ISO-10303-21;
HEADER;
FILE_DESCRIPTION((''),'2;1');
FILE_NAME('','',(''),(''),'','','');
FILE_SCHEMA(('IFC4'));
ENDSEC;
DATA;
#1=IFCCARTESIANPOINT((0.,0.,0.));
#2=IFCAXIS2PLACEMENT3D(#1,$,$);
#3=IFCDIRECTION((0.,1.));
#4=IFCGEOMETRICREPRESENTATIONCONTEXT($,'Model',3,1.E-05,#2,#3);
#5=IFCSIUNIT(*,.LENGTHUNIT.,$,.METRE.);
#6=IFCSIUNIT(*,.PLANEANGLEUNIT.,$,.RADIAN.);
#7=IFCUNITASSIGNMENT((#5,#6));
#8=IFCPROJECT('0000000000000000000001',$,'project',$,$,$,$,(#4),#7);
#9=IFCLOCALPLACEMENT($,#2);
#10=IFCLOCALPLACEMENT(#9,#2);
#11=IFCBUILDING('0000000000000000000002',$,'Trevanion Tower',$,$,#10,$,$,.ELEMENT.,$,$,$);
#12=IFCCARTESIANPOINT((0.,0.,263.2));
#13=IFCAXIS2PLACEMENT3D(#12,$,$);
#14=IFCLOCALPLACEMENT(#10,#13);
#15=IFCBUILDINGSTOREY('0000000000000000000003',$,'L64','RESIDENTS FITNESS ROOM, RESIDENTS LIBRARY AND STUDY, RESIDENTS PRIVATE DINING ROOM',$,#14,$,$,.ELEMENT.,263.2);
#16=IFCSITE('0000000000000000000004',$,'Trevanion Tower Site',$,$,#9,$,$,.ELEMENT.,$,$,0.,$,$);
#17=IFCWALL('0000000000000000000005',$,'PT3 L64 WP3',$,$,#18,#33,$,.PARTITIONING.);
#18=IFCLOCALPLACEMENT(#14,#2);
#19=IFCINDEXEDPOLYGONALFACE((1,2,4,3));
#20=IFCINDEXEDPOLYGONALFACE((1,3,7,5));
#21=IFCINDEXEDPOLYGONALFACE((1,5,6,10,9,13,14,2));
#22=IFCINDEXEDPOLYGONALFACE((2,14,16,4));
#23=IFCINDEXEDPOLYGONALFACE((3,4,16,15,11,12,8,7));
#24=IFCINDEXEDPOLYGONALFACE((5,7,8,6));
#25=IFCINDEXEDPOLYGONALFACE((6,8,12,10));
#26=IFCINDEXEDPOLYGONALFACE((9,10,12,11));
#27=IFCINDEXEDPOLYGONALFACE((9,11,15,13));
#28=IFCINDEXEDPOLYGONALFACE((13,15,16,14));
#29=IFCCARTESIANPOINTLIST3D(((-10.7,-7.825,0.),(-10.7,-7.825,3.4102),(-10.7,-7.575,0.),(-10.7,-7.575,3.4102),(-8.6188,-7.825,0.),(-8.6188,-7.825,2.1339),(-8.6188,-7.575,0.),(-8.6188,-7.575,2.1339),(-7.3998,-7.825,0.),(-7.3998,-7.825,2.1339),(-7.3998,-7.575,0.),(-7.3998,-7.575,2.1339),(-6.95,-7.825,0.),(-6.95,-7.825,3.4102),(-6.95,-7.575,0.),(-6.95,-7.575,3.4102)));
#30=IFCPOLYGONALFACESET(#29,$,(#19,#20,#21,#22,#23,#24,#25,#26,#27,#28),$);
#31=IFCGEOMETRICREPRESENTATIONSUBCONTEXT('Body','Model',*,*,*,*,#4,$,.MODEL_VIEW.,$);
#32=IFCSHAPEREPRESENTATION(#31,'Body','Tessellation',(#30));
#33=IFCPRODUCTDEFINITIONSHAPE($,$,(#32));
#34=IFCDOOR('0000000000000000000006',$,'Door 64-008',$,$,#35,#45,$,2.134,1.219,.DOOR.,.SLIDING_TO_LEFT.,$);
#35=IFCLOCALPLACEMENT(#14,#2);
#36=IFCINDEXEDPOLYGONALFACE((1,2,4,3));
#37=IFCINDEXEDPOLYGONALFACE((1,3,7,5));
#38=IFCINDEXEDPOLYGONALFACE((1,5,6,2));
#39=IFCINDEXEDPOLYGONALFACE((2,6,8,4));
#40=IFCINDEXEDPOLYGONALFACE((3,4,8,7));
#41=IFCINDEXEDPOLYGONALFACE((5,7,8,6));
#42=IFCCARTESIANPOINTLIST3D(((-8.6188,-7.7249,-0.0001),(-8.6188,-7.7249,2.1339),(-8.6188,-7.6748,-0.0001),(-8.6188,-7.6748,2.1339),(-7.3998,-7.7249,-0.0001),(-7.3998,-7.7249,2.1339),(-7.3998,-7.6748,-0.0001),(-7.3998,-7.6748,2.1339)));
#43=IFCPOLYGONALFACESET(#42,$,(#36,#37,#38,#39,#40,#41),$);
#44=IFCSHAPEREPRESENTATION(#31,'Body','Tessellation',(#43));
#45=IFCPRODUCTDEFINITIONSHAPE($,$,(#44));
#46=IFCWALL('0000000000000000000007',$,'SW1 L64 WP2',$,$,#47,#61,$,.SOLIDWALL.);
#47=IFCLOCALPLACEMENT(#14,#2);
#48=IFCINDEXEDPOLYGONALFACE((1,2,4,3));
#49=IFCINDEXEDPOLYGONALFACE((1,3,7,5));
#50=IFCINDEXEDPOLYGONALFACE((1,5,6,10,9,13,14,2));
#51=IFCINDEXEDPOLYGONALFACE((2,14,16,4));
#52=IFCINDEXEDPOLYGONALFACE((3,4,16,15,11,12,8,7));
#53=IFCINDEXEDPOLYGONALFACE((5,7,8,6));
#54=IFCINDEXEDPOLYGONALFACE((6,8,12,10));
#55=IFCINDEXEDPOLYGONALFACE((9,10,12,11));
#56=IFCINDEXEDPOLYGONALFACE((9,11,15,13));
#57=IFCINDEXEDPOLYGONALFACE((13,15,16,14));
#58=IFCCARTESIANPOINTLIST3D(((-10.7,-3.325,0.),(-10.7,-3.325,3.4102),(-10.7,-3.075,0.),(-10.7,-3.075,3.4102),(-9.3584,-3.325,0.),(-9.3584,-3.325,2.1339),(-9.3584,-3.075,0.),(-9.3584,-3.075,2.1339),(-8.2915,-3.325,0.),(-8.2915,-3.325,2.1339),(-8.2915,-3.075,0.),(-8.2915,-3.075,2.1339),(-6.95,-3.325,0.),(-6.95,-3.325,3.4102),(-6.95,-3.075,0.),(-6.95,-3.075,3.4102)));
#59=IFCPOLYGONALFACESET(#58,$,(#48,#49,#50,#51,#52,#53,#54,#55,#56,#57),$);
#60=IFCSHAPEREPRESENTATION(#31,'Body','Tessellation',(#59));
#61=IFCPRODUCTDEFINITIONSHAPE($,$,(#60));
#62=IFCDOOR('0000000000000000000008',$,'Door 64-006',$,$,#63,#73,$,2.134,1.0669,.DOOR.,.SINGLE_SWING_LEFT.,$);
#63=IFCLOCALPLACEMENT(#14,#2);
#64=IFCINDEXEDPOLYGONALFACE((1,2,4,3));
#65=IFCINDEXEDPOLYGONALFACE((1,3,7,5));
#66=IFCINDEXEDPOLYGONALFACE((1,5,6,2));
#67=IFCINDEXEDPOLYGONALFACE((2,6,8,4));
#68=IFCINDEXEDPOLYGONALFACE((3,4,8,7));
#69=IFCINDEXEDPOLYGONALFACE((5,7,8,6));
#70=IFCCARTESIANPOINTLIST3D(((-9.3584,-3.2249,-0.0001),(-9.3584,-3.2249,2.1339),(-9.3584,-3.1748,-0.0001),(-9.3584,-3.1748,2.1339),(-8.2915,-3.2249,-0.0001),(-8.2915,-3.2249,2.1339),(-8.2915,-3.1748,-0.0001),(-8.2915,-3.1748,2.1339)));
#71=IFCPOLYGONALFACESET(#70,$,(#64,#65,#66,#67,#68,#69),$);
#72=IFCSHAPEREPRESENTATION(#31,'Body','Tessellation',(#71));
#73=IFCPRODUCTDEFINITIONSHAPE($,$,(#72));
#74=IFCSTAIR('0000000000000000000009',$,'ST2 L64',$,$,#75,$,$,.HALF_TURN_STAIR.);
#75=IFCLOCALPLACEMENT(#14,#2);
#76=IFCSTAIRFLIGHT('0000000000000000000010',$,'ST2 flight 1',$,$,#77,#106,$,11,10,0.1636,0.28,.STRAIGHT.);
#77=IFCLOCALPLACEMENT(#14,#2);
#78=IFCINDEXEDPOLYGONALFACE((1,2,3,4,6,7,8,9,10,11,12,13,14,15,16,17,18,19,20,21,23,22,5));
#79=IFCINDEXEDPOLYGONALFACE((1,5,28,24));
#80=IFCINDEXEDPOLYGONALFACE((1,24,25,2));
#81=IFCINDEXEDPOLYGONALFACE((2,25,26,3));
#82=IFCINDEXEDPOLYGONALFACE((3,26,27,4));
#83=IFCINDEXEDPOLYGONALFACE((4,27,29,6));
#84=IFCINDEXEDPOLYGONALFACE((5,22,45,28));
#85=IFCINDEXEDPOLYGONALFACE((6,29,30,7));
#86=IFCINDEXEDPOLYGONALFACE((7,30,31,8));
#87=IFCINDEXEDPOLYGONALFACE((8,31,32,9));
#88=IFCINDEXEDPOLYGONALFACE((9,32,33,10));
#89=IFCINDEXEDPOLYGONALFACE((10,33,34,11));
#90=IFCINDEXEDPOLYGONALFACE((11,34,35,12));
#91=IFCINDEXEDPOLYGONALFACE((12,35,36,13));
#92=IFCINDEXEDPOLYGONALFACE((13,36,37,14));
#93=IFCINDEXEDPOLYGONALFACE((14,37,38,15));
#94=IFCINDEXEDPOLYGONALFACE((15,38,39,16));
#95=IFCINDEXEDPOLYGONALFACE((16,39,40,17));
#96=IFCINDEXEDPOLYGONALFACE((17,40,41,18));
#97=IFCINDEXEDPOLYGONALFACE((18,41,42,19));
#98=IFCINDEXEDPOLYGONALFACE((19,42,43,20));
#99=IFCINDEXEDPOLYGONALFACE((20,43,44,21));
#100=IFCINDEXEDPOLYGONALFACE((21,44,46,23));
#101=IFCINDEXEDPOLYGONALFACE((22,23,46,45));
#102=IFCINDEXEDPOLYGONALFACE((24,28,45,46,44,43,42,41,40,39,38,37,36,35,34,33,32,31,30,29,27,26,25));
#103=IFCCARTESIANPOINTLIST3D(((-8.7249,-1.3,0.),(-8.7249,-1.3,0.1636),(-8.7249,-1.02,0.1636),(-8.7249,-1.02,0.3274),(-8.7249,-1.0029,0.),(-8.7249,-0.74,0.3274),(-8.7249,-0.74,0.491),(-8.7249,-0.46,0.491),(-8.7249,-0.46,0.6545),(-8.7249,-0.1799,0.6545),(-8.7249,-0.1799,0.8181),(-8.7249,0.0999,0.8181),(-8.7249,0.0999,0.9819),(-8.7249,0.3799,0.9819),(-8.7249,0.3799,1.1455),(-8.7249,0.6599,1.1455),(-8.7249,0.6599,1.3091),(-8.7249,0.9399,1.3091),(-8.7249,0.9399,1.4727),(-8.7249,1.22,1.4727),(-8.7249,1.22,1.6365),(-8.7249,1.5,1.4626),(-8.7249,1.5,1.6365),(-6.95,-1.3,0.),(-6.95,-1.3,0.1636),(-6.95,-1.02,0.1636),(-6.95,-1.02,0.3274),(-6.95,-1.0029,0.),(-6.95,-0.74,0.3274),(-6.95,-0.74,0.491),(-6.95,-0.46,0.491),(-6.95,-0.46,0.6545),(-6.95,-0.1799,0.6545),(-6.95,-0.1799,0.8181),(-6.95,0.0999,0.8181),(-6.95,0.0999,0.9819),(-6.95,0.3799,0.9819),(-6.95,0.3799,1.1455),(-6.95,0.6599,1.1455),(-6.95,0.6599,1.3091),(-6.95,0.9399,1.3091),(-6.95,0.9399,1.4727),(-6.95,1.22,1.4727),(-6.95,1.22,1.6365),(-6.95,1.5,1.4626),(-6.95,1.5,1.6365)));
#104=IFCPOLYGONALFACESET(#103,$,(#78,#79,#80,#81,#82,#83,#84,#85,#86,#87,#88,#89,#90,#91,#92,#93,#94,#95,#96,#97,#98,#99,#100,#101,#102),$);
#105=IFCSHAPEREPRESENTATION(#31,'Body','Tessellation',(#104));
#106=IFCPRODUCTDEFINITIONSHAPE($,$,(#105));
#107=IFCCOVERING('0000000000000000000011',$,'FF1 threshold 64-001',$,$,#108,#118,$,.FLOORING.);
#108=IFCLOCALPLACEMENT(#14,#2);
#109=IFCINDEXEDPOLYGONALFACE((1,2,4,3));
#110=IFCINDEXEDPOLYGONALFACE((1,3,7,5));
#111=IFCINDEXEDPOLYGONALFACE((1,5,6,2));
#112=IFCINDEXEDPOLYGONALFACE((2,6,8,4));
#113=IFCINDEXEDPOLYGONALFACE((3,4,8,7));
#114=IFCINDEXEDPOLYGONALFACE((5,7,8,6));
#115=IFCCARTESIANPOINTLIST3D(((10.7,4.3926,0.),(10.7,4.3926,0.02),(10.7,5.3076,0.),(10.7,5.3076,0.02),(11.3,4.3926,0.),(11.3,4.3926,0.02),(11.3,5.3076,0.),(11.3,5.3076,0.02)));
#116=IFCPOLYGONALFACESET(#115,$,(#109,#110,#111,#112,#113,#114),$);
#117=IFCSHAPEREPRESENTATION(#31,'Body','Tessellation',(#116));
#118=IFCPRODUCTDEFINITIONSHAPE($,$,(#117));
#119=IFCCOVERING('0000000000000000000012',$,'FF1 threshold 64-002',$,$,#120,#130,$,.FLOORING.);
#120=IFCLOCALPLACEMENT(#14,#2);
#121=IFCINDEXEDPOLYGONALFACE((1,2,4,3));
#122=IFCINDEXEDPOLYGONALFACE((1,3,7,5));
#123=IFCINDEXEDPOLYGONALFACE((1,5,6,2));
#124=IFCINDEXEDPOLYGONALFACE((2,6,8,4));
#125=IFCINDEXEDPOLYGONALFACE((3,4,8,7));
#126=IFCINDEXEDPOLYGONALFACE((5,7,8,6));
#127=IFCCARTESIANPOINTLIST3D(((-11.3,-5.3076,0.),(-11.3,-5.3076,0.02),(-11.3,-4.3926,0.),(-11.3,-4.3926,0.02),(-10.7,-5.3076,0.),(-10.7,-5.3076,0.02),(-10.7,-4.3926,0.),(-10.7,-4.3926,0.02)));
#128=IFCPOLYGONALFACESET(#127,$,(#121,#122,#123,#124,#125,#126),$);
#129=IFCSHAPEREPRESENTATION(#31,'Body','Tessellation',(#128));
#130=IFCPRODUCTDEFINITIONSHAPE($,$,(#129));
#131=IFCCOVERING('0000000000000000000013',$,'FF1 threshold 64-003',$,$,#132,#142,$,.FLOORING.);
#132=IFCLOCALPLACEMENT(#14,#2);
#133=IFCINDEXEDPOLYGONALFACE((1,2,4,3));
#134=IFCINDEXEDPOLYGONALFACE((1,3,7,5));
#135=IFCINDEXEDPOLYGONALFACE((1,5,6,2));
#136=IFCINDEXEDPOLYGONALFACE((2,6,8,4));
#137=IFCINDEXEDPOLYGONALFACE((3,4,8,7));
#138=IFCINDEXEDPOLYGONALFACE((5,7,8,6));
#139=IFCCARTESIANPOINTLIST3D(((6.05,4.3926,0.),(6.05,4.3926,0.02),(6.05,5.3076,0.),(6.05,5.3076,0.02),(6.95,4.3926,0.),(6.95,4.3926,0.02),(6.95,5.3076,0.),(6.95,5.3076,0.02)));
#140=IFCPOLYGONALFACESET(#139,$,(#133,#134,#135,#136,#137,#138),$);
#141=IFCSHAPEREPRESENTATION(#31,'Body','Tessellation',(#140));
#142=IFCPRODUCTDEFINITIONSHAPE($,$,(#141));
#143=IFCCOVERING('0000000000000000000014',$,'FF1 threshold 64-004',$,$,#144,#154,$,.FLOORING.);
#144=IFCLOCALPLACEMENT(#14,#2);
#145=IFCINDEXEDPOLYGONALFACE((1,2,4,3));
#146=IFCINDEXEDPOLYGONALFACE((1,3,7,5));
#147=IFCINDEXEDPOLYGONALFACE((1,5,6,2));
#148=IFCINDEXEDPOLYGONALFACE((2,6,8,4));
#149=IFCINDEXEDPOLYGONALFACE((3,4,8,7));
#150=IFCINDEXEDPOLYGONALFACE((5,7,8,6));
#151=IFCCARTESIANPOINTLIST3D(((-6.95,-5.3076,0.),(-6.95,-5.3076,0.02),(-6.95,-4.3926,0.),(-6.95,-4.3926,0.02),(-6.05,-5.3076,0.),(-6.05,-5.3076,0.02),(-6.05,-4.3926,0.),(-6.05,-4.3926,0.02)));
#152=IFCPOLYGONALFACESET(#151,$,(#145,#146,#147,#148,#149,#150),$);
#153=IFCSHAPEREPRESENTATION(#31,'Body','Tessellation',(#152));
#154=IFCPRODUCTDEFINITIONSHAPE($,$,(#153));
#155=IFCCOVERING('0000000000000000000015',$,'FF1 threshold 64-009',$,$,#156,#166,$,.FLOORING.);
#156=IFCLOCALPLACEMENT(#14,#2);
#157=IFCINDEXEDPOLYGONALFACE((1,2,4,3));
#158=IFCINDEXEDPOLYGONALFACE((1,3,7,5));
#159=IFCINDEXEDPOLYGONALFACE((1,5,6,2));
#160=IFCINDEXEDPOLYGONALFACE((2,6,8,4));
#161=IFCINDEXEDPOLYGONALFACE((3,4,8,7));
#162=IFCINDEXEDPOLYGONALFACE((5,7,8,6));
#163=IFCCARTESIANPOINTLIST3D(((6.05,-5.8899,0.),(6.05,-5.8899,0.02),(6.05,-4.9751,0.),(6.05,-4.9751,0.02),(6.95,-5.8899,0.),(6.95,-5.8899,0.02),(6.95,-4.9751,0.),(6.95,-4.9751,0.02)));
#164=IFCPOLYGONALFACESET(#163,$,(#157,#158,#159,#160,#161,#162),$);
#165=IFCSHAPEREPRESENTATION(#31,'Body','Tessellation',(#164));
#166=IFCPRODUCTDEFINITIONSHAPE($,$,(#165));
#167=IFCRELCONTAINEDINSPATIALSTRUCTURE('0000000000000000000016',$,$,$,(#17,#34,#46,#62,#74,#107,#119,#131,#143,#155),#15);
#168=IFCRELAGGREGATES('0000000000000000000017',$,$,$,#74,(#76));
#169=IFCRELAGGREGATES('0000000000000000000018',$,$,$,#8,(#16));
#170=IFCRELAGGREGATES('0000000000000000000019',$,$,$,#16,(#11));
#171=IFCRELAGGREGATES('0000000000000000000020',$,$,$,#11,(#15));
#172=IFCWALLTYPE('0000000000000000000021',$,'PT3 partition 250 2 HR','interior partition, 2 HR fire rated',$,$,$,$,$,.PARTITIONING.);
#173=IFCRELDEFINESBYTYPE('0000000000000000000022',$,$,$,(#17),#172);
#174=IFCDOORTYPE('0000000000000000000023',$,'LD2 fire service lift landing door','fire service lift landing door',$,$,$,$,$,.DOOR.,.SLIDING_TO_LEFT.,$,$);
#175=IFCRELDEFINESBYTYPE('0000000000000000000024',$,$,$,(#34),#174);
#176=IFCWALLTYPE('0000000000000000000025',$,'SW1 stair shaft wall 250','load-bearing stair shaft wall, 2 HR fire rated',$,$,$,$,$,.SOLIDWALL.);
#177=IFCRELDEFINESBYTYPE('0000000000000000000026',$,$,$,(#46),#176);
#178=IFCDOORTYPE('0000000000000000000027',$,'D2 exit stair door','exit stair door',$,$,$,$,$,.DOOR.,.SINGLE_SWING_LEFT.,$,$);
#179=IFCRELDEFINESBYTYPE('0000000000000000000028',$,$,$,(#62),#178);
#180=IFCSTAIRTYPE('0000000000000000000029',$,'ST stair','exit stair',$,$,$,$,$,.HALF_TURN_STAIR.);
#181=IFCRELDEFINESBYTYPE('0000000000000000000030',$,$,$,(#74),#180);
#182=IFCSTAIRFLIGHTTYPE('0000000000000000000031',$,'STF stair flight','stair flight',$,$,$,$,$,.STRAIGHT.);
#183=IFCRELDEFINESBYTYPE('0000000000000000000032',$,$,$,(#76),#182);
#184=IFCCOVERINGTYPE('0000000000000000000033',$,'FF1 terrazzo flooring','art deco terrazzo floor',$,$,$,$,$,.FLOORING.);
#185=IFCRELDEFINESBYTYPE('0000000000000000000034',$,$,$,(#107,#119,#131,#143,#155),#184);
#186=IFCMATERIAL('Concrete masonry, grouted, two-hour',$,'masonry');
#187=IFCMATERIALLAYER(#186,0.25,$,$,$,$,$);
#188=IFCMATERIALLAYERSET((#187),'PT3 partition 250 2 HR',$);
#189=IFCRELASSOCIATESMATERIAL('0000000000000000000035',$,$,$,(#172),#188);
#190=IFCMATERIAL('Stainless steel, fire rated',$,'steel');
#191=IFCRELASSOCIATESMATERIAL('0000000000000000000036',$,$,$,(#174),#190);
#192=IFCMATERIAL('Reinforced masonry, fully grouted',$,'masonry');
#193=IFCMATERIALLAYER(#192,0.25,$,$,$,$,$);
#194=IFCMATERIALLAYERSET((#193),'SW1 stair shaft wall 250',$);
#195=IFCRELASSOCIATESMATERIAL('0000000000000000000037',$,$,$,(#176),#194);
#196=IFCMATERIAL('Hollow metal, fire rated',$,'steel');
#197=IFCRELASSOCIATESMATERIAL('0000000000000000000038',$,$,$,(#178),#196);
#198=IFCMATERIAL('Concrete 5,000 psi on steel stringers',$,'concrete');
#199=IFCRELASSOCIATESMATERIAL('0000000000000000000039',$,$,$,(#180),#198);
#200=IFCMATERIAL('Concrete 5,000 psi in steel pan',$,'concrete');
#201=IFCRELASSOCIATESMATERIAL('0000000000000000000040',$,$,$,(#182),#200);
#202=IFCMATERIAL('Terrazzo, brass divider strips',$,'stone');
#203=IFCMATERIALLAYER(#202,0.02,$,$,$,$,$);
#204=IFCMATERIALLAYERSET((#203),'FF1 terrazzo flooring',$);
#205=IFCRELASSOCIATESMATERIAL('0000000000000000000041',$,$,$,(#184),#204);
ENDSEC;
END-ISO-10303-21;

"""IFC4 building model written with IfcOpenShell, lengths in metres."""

from ifc_helpers import new_model, si_unit, direction, frame, frame_2d, origin, place, context, subcontext, project, spatial, polyline, rectangle, outline, extrude, material, layer, layer_set, type_object, element, fill, aggregate, save


model = new_model("IFC4")

# Units and contexts
model_context = context("Model", 3, precision=1e-05, world=origin(), true_north=direction((0.0, 1.0)))
body_context = subcontext(model_context, "Body", "Model", "MODEL_VIEW")
ifc_project = project(units=[si_unit("LENGTHUNIT", "METRE"), si_unit("PLANEANGLEUNIT", "RADIAN")], contexts=[model_context])

# Site, building, storey
site_placement = place(None, origin())
site = spatial("IfcSite", under=ifc_project, at=site_placement, Name="Trevanion Tower Site", CompositionType="ELEMENT", RefElevation=0.0)
building_placement = place(site_placement, origin())
building = spatial("IfcBuilding", under=site, at=building_placement, Name="Trevanion Tower", CompositionType="ELEMENT")
storey_placement = place(building_placement, frame((0.0, 0.0, 263.2)))
storey = spatial("IfcBuildingStorey", under=building, at=storey_placement, Name="L64", Description="RESIDENTS FITNESS ROOM, RESIDENTS LIBRARY AND STUDY, RESIDENTS PRIVATE DINING ROOM", CompositionType="ELEMENT", Elevation=263.2)

# Walls, openings, doors
ifc_material_1 = material(Name="Concrete masonry, grouted, two-hour", Category="masonry")
ifc_layer_1 = layer(ifc_material_1, 0.25)
ifc_layer_set_1 = layer_set([ifc_layer_1], Name="PT3 partition 250 2 HR")
wall_type_1 = type_object("IfcWallType", Name="PT3 partition 250 2 HR", Description="interior partition, 2 HR fire rated", PredefinedType="PARTITIONING", material=ifc_layer_set_1)
wall_1_placement = place(storey_placement, frame((-6.95, -7.7, 0.0), z_axis=(0.0, 0.0, 1.0), x_axis=(-1.0, 0.0, 0.0)))
wall_1 = element("IfcWall", 1, at=wall_1_placement, inside=storey, type_object=wall_type_1, Name="PT3 L64 WP3", PredefinedType="PARTITIONING", context=body_context, shape_type="SweptSolid", body=[
    extrude(rectangle(XDim=3.75, YDim=0.25, at=frame_2d((1.875, 0.0))), origin(), (0.0, 0.0, 1.0), 3.4102),
])
opening_1_placement = place(wall_1_placement, frame((0.45, 0.0, 0.0)))
opening_1 = element("IfcOpeningElement", 2, at=opening_1_placement, cuts=wall_1, PredefinedType="OPENING", context=body_context, shape_type="SweptSolid", body=[
    extrude(rectangle(XDim=1.219, YDim=2.134, at=frame_2d((0.6094, 1.0669))), frame((0.0, 0.135, 0.0), z_axis=(0.0, -1.0, 0.0), x_axis=(1.0, 0.0, 0.0)), (0.0, 0.0, 1.0), 0.27),
])
ifc_material_2 = material(Name="Stainless steel, fire rated", Category="steel")
door_type_1 = type_object("IfcDoorType", Name="LD2 fire service lift landing door", Description="fire service lift landing door", OperationType="SLIDING_TO_LEFT", PredefinedType="DOOR", material=ifc_material_2)
door_1_placement = place(opening_1_placement, origin())
door_1 = element("IfcDoor", 3, at=door_1_placement, inside=storey, type_object=door_type_1, Name="Door 64-008", OperationType="SLIDING_TO_LEFT", OverallHeight=2.134, OverallWidth=1.219, PredefinedType="DOOR", context=body_context, shape_type="SweptSolid", body=[
    extrude(rectangle(XDim=1.219, YDim=2.134, at=frame_2d((0.6094, 1.0669))), frame((0.0, 0.0249, 0.0), z_axis=(0.0, -1.0, 0.0), x_axis=(1.0, 0.0, 0.0)), (0.0, 0.0, 1.0), 0.05),
])
fill(opening_1, door_1)
ifc_material_3 = material(Name="Reinforced masonry, fully grouted", Category="masonry")
ifc_layer_2 = layer(ifc_material_3, 0.25)
ifc_layer_set_2 = layer_set([ifc_layer_2], Name="SW1 stair shaft wall 250")
wall_type_2 = type_object("IfcWallType", Name="SW1 stair shaft wall 250", Description="load-bearing stair shaft wall, 2 HR fire rated", PredefinedType="SOLIDWALL", material=ifc_layer_set_2)
wall_2_placement = place(storey_placement, frame((-6.95, -3.2, 0.0), z_axis=(0.0, 0.0, 1.0), x_axis=(-1.0, 0.0, 0.0)))
wall_2 = element("IfcWall", 4, at=wall_2_placement, inside=storey, type_object=wall_type_2, Name="SW1 L64 WP2", PredefinedType="SOLIDWALL", context=body_context, shape_type="SweptSolid", body=[
    extrude(rectangle(XDim=3.75, YDim=0.25, at=frame_2d((1.875, 0.0))), origin(), (0.0, 0.0, 1.0), 3.4102),
])
opening_2_placement = place(wall_2_placement, frame((1.3416, 0.0, 0.0)))
opening_2 = element("IfcOpeningElement", 5, at=opening_2_placement, cuts=wall_2, PredefinedType="OPENING", context=body_context, shape_type="SweptSolid", body=[
    extrude(rectangle(XDim=1.0669, YDim=2.134, at=frame_2d((0.5334, 1.0669))), frame((0.0, 0.135, 0.0), z_axis=(0.0, -1.0, 0.0), x_axis=(1.0, 0.0, 0.0)), (0.0, 0.0, 1.0), 0.27),
])
ifc_material_4 = material(Name="Hollow metal, fire rated", Category="steel")
door_type_2 = type_object("IfcDoorType", Name="D2 exit stair door", Description="exit stair door", OperationType="SINGLE_SWING_LEFT", PredefinedType="DOOR", material=ifc_material_4)
door_2_placement = place(opening_2_placement, origin())
door_2 = element("IfcDoor", 6, at=door_2_placement, inside=storey, type_object=door_type_2, Name="Door 64-006", OperationType="SINGLE_SWING_LEFT", OverallHeight=2.134, OverallWidth=1.0669, PredefinedType="DOOR", context=body_context, shape_type="SweptSolid", body=[
    extrude(rectangle(XDim=1.0669, YDim=2.134, at=frame_2d((0.5334, 1.0669))), frame((0.0, 0.0249, 0.0), z_axis=(0.0, -1.0, 0.0), x_axis=(1.0, 0.0, 0.0)), (0.0, 0.0, 1.0), 0.05),
])
fill(opening_2, door_2)

# Stair, stair flight
ifc_material_5 = material(Name="Concrete 5,000 psi on steel stringers", Category="concrete")
stair_type = type_object("IfcStairType", Name="ST stair", Description="exit stair", PredefinedType="HALF_TURN_STAIR", material=ifc_material_5)
stair_placement = place(storey_placement, origin())
stair = element("IfcStair", 7, at=stair_placement, inside=storey, type_object=stair_type, Name="ST2 L64", PredefinedType="HALF_TURN_STAIR")
ifc_material_6 = material(Name="Concrete 5,000 psi in steel pan", Category="concrete")
stair_flight_type = type_object("IfcStairFlightType", Name="STF stair flight", Description="stair flight", PredefinedType="STRAIGHT", material=ifc_material_6)
stair_flight_placement = place(storey_placement, frame((-7.8374, -1.3, 0.0), z_axis=(0.0, 0.0, 1.0), x_axis=(0.0, 1.0, 0.0)))
stair_flight = element("IfcStairFlight", 8, at=stair_flight_placement, type_object=stair_flight_type, Name="ST2 flight 1", NumberOfRisers=11, NumberOfTreads=10, PredefinedType="STRAIGHT", RiserHeight=0.1636, TreadLength=0.28, context=body_context, shape_type="SweptSolid", body=[
    extrude(outline(polyline([(0.0, 0.0), (0.0, 0.1636), (0.28, 0.1636), (0.28, 0.3274), (0.5601, 0.3274), (0.5601, 0.491), (0.8401, 0.491), (0.8401, 0.6545), (1.1201, 0.6545), (1.1201, 0.8181), (1.3999, 0.8181), (1.3999, 0.9819), (1.6799, 0.9819), (1.6799, 1.1455), (1.96, 1.1455), (1.96, 1.3091), (2.24, 1.3091), (2.24, 1.4727), (2.52, 1.4727), (2.52, 1.6365), (2.8, 1.6365), (2.8, 1.8), (2.8, 1.4626), (0.2971, 0.0), (0.0, 0.0)])), frame((0.0, 0.8875, 0.0), z_axis=(0.0, -1.0, 0.0), x_axis=(1.0, 0.0, 0.0)), (0.0, 0.0, 1.0), 1.7749),
])
aggregate(stair, [stair_flight])

# Coverings
ifc_material_7 = material(Name="Terrazzo, brass divider strips", Category="stone")
ifc_layer_3 = layer(ifc_material_7, 0.02)
ifc_layer_set_3 = layer_set([ifc_layer_3], Name="FF1 terrazzo flooring")
covering_type_1 = type_object("IfcCoveringType", Name="FF1 terrazzo flooring", Description="art deco terrazzo floor", PredefinedType="FLOORING", material=ifc_layer_set_3)
covering_1_placement = place(storey_placement, origin())
element("IfcCovering", 9, at=covering_1_placement, inside=storey, type_object=covering_type_1, Name="FF1 threshold 64-001", PredefinedType="FLOORING", context=body_context, shape_type="SweptSolid", body=[
    extrude(outline(polyline([(11.3, 4.3926), (11.3, 5.3076), (10.7, 5.3076), (10.7, 4.3926), (11.3, 4.3926)])), origin(), (0.0, 0.0, 1.0), 0.02),
])
covering_2_placement = place(storey_placement, origin())
element("IfcCovering", 10, at=covering_2_placement, inside=storey, type_object=covering_type_1, Name="FF1 threshold 64-002", PredefinedType="FLOORING", context=body_context, shape_type="SweptSolid", body=[
    extrude(outline(polyline([(-11.3, -4.3926), (-11.3, -5.3076), (-10.7, -5.3076), (-10.7, -4.3926), (-11.3, -4.3926)])), origin(), (0.0, 0.0, 1.0), 0.02),
])
covering_3_placement = place(storey_placement, origin())
element("IfcCovering", 11, at=covering_3_placement, inside=storey, type_object=covering_type_1, Name="FF1 threshold 64-003", PredefinedType="FLOORING", context=body_context, shape_type="SweptSolid", body=[
    extrude(outline(polyline([(6.95, 4.3926), (6.95, 5.3076), (6.05, 5.3076), (6.05, 4.3926), (6.95, 4.3926)])), origin(), (0.0, 0.0, 1.0), 0.02),
])
covering_4_placement = place(storey_placement, origin())
element("IfcCovering", 12, at=covering_4_placement, inside=storey, type_object=covering_type_1, Name="FF1 threshold 64-004", PredefinedType="FLOORING", context=body_context, shape_type="SweptSolid", body=[
    extrude(outline(polyline([(-6.95, -4.3926), (-6.95, -5.3076), (-6.05, -5.3076), (-6.05, -4.3926), (-6.95, -4.3926)])), origin(), (0.0, 0.0, 1.0), 0.02),
])
covering_5_placement = place(storey_placement, origin())
element("IfcCovering", 13, at=covering_5_placement, inside=storey, type_object=covering_type_1, Name="FF1 threshold 64-009", PredefinedType="FLOORING", context=body_context, shape_type="SweptSolid", body=[
    extrude(outline(polyline([(6.95, -5.8899), (6.95, -4.9751), (6.05, -4.9751), (6.05, -5.8899), (6.95, -5.8899)])), origin(), (0.0, 0.0, 1.0), 0.02),
])

save(model, "model.ifc")
